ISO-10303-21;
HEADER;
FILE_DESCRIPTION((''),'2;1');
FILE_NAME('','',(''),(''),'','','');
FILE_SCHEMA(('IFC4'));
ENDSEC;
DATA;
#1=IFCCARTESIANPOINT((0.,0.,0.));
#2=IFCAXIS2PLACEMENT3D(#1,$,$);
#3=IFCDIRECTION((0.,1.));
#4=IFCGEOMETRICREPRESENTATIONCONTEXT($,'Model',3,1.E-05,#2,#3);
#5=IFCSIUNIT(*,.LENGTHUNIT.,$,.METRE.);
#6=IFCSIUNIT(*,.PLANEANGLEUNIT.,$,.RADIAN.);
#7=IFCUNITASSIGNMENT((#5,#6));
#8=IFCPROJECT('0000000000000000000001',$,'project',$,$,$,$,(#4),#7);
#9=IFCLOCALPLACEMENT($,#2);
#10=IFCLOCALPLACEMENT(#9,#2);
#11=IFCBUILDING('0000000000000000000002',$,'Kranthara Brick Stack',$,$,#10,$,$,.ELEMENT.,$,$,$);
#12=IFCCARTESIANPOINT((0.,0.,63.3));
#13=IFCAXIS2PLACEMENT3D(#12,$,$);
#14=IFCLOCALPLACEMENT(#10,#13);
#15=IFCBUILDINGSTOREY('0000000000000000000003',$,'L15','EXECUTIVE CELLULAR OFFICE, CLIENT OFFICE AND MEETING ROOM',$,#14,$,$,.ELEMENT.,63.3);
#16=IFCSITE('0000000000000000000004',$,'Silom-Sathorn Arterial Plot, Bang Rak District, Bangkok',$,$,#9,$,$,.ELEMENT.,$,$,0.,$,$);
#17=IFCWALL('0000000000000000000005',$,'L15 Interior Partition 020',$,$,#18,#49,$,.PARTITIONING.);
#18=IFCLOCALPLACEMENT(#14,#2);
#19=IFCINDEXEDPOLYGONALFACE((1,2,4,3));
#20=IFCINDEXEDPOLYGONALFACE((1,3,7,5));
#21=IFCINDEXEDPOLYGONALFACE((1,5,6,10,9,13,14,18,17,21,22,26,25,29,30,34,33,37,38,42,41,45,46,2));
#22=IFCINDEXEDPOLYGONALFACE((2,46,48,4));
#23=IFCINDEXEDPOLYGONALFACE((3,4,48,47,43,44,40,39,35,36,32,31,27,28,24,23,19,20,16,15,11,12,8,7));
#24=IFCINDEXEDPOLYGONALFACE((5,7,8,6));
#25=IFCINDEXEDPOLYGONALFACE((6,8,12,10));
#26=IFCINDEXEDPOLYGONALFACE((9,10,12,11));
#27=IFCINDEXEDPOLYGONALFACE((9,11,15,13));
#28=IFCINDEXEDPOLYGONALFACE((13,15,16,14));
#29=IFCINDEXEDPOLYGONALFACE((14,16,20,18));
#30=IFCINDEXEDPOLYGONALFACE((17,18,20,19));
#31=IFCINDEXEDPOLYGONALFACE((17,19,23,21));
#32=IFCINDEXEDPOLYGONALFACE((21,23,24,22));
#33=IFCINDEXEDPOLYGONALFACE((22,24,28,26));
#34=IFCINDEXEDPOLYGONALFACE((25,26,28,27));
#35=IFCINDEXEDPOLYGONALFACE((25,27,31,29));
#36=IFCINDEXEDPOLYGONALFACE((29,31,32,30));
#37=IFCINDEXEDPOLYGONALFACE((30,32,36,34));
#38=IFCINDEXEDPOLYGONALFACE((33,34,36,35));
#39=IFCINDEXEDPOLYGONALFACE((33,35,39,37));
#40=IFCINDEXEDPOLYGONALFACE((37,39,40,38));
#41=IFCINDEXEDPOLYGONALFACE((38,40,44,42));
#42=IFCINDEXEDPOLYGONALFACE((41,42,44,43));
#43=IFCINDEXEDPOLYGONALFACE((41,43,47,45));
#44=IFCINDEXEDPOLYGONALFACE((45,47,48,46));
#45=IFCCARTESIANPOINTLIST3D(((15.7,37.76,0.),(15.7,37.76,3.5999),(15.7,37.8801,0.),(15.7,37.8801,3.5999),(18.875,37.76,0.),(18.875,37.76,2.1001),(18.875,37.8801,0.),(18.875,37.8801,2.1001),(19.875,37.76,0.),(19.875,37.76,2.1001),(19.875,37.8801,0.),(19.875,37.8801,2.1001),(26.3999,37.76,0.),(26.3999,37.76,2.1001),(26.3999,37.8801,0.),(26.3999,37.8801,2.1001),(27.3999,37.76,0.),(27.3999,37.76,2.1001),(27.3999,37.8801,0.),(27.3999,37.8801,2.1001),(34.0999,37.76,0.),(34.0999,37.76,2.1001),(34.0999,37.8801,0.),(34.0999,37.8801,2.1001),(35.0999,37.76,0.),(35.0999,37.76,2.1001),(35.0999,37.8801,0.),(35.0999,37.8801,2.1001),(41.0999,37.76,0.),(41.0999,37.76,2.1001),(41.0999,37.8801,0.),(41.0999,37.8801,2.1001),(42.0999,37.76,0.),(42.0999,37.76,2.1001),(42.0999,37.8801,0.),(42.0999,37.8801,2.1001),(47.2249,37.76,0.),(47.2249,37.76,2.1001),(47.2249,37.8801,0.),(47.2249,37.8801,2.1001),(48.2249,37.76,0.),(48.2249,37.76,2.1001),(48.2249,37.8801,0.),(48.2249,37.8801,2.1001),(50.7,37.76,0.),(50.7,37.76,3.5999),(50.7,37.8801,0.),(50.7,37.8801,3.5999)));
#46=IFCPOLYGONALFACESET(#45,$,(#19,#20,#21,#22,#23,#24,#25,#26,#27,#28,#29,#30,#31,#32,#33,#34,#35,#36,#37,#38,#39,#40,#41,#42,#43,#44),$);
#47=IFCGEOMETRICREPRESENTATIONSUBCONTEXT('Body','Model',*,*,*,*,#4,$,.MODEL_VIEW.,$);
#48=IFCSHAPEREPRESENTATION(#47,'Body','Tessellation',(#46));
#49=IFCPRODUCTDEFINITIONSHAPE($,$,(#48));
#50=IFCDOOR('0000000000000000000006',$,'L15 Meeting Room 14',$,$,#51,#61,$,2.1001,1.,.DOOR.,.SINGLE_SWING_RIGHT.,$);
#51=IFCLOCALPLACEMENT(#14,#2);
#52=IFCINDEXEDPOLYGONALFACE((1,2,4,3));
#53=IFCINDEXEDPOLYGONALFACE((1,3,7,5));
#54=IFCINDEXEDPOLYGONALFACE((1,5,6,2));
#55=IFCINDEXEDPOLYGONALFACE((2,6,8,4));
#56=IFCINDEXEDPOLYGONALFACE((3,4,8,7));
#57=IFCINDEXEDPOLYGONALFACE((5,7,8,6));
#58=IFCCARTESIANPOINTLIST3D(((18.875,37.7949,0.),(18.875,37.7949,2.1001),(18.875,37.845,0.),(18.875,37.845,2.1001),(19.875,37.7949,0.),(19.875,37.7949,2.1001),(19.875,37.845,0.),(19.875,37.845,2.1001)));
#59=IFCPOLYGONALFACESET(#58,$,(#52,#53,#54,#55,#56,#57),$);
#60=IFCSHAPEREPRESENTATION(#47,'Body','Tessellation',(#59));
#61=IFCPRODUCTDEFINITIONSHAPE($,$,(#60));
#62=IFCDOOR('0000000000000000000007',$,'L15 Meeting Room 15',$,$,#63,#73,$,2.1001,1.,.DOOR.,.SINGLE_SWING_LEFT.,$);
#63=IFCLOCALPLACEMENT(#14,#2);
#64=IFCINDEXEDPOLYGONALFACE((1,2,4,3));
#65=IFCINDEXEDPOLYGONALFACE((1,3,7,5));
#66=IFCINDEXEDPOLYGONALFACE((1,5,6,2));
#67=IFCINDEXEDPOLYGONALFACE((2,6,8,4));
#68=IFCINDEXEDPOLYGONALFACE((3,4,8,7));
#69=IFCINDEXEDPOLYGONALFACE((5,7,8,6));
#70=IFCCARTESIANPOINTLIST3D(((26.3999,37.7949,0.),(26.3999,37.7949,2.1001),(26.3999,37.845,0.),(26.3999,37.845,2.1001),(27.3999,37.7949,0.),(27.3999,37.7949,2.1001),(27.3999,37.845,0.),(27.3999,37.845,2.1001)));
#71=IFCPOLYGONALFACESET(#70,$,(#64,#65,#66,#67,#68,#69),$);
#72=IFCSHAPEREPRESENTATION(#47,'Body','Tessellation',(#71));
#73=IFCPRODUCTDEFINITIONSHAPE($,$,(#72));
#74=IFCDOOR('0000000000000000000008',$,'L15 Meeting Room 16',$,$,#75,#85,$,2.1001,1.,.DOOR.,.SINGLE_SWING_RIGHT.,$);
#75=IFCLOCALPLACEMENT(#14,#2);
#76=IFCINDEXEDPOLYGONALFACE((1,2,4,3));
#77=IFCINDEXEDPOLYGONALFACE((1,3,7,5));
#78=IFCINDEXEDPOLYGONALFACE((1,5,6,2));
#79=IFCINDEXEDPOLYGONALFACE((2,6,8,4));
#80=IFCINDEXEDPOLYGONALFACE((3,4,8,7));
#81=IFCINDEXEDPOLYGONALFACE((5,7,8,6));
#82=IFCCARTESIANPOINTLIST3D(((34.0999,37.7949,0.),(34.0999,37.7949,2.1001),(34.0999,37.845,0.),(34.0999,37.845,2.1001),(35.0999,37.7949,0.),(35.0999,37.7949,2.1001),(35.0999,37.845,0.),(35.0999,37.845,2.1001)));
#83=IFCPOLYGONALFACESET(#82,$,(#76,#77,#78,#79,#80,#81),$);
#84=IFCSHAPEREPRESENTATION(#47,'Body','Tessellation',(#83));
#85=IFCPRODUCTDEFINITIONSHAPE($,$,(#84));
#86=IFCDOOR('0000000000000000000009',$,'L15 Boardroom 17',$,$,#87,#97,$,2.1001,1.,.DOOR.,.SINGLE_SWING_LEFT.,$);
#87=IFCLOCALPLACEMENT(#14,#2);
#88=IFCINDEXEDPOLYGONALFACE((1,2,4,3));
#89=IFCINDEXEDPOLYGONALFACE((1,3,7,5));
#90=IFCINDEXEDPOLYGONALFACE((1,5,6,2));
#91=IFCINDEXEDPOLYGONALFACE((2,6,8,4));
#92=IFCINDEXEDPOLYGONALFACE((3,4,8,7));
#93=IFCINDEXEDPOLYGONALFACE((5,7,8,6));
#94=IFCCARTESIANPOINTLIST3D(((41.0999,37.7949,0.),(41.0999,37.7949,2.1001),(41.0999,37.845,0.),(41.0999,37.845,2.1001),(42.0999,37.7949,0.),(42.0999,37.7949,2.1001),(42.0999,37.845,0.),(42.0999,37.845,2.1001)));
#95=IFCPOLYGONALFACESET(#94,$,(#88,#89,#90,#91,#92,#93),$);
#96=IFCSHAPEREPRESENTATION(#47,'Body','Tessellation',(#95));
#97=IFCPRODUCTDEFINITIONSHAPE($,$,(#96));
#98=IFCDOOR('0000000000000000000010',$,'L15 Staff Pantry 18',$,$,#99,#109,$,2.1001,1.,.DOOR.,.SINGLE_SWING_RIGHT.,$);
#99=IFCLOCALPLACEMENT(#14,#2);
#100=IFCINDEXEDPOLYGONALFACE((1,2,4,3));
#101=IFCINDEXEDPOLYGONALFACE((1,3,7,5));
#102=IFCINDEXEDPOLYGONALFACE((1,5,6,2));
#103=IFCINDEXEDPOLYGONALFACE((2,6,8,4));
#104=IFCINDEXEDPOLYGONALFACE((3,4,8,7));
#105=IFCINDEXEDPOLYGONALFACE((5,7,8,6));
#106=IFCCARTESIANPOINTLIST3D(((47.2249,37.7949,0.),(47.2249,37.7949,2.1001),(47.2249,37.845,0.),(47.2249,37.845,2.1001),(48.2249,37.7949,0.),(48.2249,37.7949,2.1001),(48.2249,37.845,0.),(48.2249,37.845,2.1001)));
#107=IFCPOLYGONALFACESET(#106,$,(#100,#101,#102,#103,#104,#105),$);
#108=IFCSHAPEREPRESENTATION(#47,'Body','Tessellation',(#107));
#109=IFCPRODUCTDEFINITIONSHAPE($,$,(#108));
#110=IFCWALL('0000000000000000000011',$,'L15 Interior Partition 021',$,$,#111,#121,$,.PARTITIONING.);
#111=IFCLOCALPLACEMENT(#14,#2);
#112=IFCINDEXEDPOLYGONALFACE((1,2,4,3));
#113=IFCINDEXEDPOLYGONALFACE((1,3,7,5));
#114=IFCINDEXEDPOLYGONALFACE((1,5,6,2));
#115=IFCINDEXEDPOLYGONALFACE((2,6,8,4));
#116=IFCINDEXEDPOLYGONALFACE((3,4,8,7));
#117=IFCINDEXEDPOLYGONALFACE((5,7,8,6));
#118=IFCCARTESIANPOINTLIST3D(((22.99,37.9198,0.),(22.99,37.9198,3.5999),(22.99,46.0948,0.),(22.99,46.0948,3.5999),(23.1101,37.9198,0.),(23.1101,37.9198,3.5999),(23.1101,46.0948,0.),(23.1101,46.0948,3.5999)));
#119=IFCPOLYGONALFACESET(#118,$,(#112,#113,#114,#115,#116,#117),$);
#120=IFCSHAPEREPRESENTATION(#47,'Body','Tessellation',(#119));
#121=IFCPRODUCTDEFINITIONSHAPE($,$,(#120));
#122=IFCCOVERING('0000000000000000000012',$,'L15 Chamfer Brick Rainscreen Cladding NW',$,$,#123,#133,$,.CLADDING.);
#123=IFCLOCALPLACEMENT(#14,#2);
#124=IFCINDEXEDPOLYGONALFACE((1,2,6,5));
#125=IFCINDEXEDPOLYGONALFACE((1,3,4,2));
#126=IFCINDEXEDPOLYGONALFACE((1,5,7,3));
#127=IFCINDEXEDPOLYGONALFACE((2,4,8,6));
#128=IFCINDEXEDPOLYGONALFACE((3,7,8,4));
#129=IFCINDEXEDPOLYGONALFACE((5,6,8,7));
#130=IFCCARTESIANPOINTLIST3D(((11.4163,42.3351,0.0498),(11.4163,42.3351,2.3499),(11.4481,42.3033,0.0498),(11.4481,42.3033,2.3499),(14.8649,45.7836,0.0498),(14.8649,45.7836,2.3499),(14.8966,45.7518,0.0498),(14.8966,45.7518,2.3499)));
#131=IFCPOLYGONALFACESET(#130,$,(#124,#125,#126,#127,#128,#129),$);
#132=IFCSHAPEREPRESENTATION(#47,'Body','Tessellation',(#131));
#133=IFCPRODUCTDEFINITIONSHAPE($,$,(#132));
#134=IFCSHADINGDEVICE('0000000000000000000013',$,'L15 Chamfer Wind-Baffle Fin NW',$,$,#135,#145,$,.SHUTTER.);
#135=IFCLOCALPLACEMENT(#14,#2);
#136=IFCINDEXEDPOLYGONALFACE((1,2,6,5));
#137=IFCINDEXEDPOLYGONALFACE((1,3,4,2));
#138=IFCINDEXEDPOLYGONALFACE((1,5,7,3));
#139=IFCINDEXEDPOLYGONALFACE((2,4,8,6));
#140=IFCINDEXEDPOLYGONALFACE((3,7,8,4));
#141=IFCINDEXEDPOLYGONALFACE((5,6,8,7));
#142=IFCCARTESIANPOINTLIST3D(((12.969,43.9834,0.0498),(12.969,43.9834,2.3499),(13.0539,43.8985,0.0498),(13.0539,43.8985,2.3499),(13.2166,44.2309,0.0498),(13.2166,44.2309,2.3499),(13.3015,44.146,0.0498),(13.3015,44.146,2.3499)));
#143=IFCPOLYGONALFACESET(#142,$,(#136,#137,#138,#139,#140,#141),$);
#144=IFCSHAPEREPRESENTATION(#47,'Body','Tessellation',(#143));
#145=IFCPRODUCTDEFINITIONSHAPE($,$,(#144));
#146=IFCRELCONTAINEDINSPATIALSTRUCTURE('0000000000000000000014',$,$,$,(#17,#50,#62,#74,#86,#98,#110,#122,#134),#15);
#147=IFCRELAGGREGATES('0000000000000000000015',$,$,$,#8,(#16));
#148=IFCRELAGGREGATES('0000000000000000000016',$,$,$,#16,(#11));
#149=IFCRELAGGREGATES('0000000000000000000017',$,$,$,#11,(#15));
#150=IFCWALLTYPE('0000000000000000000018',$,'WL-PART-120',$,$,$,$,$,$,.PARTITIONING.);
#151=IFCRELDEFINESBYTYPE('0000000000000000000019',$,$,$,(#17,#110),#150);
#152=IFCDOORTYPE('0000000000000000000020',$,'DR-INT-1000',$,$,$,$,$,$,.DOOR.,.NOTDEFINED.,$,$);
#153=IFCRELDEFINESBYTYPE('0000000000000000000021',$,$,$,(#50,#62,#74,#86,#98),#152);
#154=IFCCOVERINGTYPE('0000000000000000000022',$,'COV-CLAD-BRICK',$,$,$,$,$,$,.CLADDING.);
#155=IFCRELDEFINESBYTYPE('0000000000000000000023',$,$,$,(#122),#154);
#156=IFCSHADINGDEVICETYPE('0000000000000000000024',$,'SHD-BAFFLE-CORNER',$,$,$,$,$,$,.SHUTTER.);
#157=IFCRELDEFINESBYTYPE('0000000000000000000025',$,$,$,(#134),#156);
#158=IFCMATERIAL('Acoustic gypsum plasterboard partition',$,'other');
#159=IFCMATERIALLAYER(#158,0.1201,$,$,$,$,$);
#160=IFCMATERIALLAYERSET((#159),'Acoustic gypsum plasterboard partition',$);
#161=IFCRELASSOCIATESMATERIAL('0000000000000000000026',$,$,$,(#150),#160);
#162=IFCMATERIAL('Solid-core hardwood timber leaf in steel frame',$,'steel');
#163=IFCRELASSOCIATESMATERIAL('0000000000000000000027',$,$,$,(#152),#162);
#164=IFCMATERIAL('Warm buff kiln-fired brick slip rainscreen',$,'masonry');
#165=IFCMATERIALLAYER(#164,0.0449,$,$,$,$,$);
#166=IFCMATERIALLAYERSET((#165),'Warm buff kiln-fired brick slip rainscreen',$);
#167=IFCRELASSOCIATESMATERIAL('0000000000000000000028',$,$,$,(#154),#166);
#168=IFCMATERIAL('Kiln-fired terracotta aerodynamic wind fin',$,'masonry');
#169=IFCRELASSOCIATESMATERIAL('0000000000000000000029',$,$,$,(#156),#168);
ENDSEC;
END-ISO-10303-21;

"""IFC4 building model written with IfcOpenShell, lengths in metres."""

from ifc_helpers import new_model, si_unit, direction, frame, frame_2d, origin, origin_2d, place, context, subcontext, project, spatial, rectangle, extrude, material, layer, layer_set, type_object, element, fill, save


model = new_model("IFC4")

# Units and contexts
model_context = context("Model", 3, precision=1e-05, world=origin(), true_north=direction((0.0, 1.0)))
body_context = subcontext(model_context, "Body", "Model", "MODEL_VIEW")
ifc_project = project(units=[si_unit("LENGTHUNIT", "METRE"), si_unit("PLANEANGLEUNIT", "RADIAN")], contexts=[model_context])

# Site, building, storey
site_placement = place(None, origin())
site = spatial("IfcSite", under=ifc_project, at=site_placement, Name="Silom-Sathorn Arterial Plot, Bang Rak District, Bangkok", CompositionType="ELEMENT", RefElevation=0.0)
building_placement = place(site_placement, origin())
building = spatial("IfcBuilding", under=site, at=building_placement, Name="Kranthara Brick Stack", CompositionType="ELEMENT")
storey_placement = place(building_placement, frame((0.0, 0.0, 63.3)))
storey = spatial("IfcBuildingStorey", under=building, at=storey_placement, Name="L15", Description="EXECUTIVE CELLULAR OFFICE, CLIENT OFFICE AND MEETING ROOM", CompositionType="ELEMENT", Elevation=63.3)

# Wall, openings, doors
ifc_material_1 = material(Name="Acoustic gypsum plasterboard partition", Category="other")
ifc_layer_1 = layer(ifc_material_1, 0.1201)
ifc_layer_set_1 = layer_set([ifc_layer_1], Name="Acoustic gypsum plasterboard partition")
wall_type_1 = type_object("IfcWallType", Name="WL-PART-120", PredefinedType="PARTITIONING", material=ifc_layer_set_1)
wall_1_placement = place(storey_placement, frame((15.7, 37.8201, 0.0), z_axis=(0.0, 0.0, 1.0), x_axis=(1.0, 0.0, 0.0)))
wall_1 = element("IfcWall", 1, at=wall_1_placement, inside=storey, type_object=wall_type_1, Name="L15 Interior Partition 020", PredefinedType="PARTITIONING", context=body_context, shape_type="SweptSolid", body=[
    extrude(rectangle(XDim=35.0, YDim=0.1201, at=frame_2d((17.5, 0.0))), origin(), (0.0, 0.0, 1.0), 3.5999),
])
opening_1_placement = place(wall_1_placement, frame((3.175, 0.0, 0.0)))
opening_1 = element("IfcOpeningElement", 2, at=opening_1_placement, cuts=wall_1, PredefinedType="OPENING", context=body_context, shape_type="SweptSolid", body=[
    extrude(rectangle(XDim=1.0, YDim=2.1001, at=frame_2d((0.5, 1.05))), frame((0.0, 0.0701, 0.0), z_axis=(0.0, -1.0, 0.0), x_axis=(1.0, 0.0, 0.0)), (0.0, 0.0, 1.0), 0.1401),
])
opening_2_placement = place(wall_1_placement, frame((10.7, 0.0, 0.0)))
opening_2 = element("IfcOpeningElement", 3, at=opening_2_placement, cuts=wall_1, PredefinedType="OPENING", context=body_context, shape_type="SweptSolid", body=[
    extrude(rectangle(XDim=1.0, YDim=2.1001, at=frame_2d((0.5, 1.05))), frame((0.0, 0.0701, 0.0), z_axis=(0.0, -1.0, 0.0), x_axis=(1.0, 0.0, 0.0)), (0.0, 0.0, 1.0), 0.1401),
])
opening_3_placement = place(wall_1_placement, frame((18.3999, 0.0, 0.0)))
opening_3 = element("IfcOpeningElement", 4, at=opening_3_placement, cuts=wall_1, PredefinedType="OPENING", context=body_context, shape_type="SweptSolid", body=[
    extrude(rectangle(XDim=1.0, YDim=2.1001, at=frame_2d((0.5, 1.05))), frame((0.0, 0.0701, 0.0), z_axis=(0.0, -1.0, 0.0), x_axis=(1.0, 0.0, 0.0)), (0.0, 0.0, 1.0), 0.1401),
])
opening_4_placement = place(wall_1_placement, frame((25.3999, 0.0, 0.0)))
opening_4 = element("IfcOpeningElement", 5, at=opening_4_placement, cuts=wall_1, PredefinedType="OPENING", context=body_context, shape_type="SweptSolid", body=[
    extrude(rectangle(XDim=1.0, YDim=2.1001, at=frame_2d((0.5, 1.05))), frame((0.0, 0.0701, 0.0), z_axis=(0.0, -1.0, 0.0), x_axis=(1.0, 0.0, 0.0)), (0.0, 0.0, 1.0), 0.1401),
])
opening_5_placement = place(wall_1_placement, frame((31.5249, 0.0, 0.0)))
opening_5 = element("IfcOpeningElement", 6, at=opening_5_placement, cuts=wall_1, PredefinedType="OPENING", context=body_context, shape_type="SweptSolid", body=[
    extrude(rectangle(XDim=1.0, YDim=2.1001, at=frame_2d((0.5, 1.05))), frame((0.0, 0.0701, 0.0), z_axis=(0.0, -1.0, 0.0), x_axis=(1.0, 0.0, 0.0)), (0.0, 0.0, 1.0), 0.1401),
])
ifc_material_2 = material(Name="Solid-core hardwood timber leaf in steel frame", Category="steel")
door_type_1 = type_object("IfcDoorType", Name="DR-INT-1000", OperationType="NOTDEFINED", PredefinedType="DOOR", material=ifc_material_2)
door_1_placement = place(opening_1_placement, origin())
door_1 = element("IfcDoor", 7, at=door_1_placement, inside=storey, type_object=door_type_1, Name="L15 Meeting Room 14", OperationType="SINGLE_SWING_RIGHT", OverallHeight=2.1001, OverallWidth=1.0, PredefinedType="DOOR", context=body_context, shape_type="SweptSolid", body=[
    extrude(rectangle(XDim=1.0, YDim=2.1001, at=frame_2d((0.5, 1.05))), frame((0.0, 0.0249, 0.0), z_axis=(0.0, -1.0, 0.0), x_axis=(1.0, 0.0, 0.0)), (0.0, 0.0, 1.0), 0.05),
])
fill(opening_1, door_1)
door_2_placement = place(opening_2_placement, origin())
door_2 = element("IfcDoor", 8, at=door_2_placement, inside=storey, type_object=door_type_1, Name="L15 Meeting Room 15", OperationType="SINGLE_SWING_LEFT", OverallHeight=2.1001, OverallWidth=1.0, PredefinedType="DOOR", context=body_context, shape_type="SweptSolid", body=[
    extrude(rectangle(XDim=1.0, YDim=2.1001, at=frame_2d((0.5, 1.05))), frame((0.0, 0.0249, 0.0), z_axis=(0.0, -1.0, 0.0), x_axis=(1.0, 0.0, 0.0)), (0.0, 0.0, 1.0), 0.05),
])
fill(opening_2, door_2)
door_3_placement = place(opening_3_placement, origin())
door_3 = element("IfcDoor", 9, at=door_3_placement, inside=storey, type_object=door_type_1, Name="L15 Meeting Room 16", OperationType="SINGLE_SWING_RIGHT", OverallHeight=2.1001, OverallWidth=1.0, PredefinedType="DOOR", context=body_context, shape_type="SweptSolid", body=[
    extrude(rectangle(XDim=1.0, YDim=2.1001, at=frame_2d((0.5, 1.05))), frame((0.0, 0.0249, 0.0), z_axis=(0.0, -1.0, 0.0), x_axis=(1.0, 0.0, 0.0)), (0.0, 0.0, 1.0), 0.05),
])
fill(opening_3, door_3)
door_4_placement = place(opening_4_placement, origin())
door_4 = element("IfcDoor", 10, at=door_4_placement, inside=storey, type_object=door_type_1, Name="L15 Boardroom 17", OperationType="SINGLE_SWING_LEFT", OverallHeight=2.1001, OverallWidth=1.0, PredefinedType="DOOR", context=body_context, shape_type="SweptSolid", body=[
    extrude(rectangle(XDim=1.0, YDim=2.1001, at=frame_2d((0.5, 1.05))), frame((0.0, 0.0249, 0.0), z_axis=(0.0, -1.0, 0.0), x_axis=(1.0, 0.0, 0.0)), (0.0, 0.0, 1.0), 0.05),
])
fill(opening_4, door_4)
door_5_placement = place(opening_5_placement, origin())
door_5 = element("IfcDoor", 11, at=door_5_placement, inside=storey, type_object=door_type_1, Name="L15 Staff Pantry 18", OperationType="SINGLE_SWING_RIGHT", OverallHeight=2.1001, OverallWidth=1.0, PredefinedType="DOOR", context=body_context, shape_type="SweptSolid", body=[
    extrude(rectangle(XDim=1.0, YDim=2.1001, at=frame_2d((0.5, 1.05))), frame((0.0, 0.0249, 0.0), z_axis=(0.0, -1.0, 0.0), x_axis=(1.0, 0.0, 0.0)), (0.0, 0.0, 1.0), 0.05),
])
fill(opening_5, door_5)

# Wall
wall_2_placement = place(storey_placement, frame((23.05, 37.9199, 0.0), z_axis=(0.0, 0.0, 1.0), x_axis=(0.0, 1.0, 0.0)))
element("IfcWall", 12, at=wall_2_placement, inside=storey, type_object=wall_type_1, Name="L15 Interior Partition 021", PredefinedType="PARTITIONING", context=body_context, shape_type="SweptSolid", body=[
    extrude(rectangle(XDim=8.175, YDim=0.1201, at=frame_2d((4.0874, 0.0))), origin(), (0.0, 0.0, 1.0), 3.5999),
])

# Covering
ifc_material_3 = material(Name="Warm buff kiln-fired brick slip rainscreen", Category="masonry")
ifc_layer_2 = layer(ifc_material_3, 0.0449)
ifc_layer_set_2 = layer_set([ifc_layer_2], Name="Warm buff kiln-fired brick slip rainscreen")
covering_type = type_object("IfcCoveringType", Name="COV-CLAD-BRICK", PredefinedType="CLADDING", material=ifc_layer_set_2)
covering_placement = place(storey_placement, frame((13.1565, 44.0435, 0.0498), z_axis=(0.0, 0.0, 1.0), x_axis=(0.707107, 0.707107, 0.0)))
element("IfcCovering", 13, at=covering_placement, inside=storey, type_object=covering_type, Name="L15 Chamfer Brick Rainscreen Cladding NW", PredefinedType="CLADDING", context=body_context, shape_type="SweptSolid", body=[
    extrude(rectangle(XDim=4.877, YDim=0.0449, at=origin_2d()), origin(), (0.0, 0.0, 1.0), 2.3),
])

# Shading device
ifc_material_4 = material(Name="Kiln-fired terracotta aerodynamic wind fin", Category="masonry")
shading_device_type = type_object("IfcShadingDeviceType", Name="SHD-BAFFLE-CORNER", PredefinedType="SHUTTER", material=ifc_material_4)
shading_device_placement = place(storey_placement, frame((13.1353, 44.0647, 0.0498), z_axis=(0.0, 0.0, 1.0), x_axis=(0.707107, 0.707107, 0.0)))
element("IfcShadingDevice", 14, at=shading_device_placement, inside=storey, type_object=shading_device_type, Name="L15 Chamfer Wind-Baffle Fin NW", PredefinedType="SHUTTER", context=body_context, shape_type="SweptSolid", body=[
    extrude(rectangle(XDim=0.3501, YDim=0.1201, at=origin_2d()), origin(), (0.0, 0.0, 1.0), 2.3),
])

save(model, "model.ifc")
